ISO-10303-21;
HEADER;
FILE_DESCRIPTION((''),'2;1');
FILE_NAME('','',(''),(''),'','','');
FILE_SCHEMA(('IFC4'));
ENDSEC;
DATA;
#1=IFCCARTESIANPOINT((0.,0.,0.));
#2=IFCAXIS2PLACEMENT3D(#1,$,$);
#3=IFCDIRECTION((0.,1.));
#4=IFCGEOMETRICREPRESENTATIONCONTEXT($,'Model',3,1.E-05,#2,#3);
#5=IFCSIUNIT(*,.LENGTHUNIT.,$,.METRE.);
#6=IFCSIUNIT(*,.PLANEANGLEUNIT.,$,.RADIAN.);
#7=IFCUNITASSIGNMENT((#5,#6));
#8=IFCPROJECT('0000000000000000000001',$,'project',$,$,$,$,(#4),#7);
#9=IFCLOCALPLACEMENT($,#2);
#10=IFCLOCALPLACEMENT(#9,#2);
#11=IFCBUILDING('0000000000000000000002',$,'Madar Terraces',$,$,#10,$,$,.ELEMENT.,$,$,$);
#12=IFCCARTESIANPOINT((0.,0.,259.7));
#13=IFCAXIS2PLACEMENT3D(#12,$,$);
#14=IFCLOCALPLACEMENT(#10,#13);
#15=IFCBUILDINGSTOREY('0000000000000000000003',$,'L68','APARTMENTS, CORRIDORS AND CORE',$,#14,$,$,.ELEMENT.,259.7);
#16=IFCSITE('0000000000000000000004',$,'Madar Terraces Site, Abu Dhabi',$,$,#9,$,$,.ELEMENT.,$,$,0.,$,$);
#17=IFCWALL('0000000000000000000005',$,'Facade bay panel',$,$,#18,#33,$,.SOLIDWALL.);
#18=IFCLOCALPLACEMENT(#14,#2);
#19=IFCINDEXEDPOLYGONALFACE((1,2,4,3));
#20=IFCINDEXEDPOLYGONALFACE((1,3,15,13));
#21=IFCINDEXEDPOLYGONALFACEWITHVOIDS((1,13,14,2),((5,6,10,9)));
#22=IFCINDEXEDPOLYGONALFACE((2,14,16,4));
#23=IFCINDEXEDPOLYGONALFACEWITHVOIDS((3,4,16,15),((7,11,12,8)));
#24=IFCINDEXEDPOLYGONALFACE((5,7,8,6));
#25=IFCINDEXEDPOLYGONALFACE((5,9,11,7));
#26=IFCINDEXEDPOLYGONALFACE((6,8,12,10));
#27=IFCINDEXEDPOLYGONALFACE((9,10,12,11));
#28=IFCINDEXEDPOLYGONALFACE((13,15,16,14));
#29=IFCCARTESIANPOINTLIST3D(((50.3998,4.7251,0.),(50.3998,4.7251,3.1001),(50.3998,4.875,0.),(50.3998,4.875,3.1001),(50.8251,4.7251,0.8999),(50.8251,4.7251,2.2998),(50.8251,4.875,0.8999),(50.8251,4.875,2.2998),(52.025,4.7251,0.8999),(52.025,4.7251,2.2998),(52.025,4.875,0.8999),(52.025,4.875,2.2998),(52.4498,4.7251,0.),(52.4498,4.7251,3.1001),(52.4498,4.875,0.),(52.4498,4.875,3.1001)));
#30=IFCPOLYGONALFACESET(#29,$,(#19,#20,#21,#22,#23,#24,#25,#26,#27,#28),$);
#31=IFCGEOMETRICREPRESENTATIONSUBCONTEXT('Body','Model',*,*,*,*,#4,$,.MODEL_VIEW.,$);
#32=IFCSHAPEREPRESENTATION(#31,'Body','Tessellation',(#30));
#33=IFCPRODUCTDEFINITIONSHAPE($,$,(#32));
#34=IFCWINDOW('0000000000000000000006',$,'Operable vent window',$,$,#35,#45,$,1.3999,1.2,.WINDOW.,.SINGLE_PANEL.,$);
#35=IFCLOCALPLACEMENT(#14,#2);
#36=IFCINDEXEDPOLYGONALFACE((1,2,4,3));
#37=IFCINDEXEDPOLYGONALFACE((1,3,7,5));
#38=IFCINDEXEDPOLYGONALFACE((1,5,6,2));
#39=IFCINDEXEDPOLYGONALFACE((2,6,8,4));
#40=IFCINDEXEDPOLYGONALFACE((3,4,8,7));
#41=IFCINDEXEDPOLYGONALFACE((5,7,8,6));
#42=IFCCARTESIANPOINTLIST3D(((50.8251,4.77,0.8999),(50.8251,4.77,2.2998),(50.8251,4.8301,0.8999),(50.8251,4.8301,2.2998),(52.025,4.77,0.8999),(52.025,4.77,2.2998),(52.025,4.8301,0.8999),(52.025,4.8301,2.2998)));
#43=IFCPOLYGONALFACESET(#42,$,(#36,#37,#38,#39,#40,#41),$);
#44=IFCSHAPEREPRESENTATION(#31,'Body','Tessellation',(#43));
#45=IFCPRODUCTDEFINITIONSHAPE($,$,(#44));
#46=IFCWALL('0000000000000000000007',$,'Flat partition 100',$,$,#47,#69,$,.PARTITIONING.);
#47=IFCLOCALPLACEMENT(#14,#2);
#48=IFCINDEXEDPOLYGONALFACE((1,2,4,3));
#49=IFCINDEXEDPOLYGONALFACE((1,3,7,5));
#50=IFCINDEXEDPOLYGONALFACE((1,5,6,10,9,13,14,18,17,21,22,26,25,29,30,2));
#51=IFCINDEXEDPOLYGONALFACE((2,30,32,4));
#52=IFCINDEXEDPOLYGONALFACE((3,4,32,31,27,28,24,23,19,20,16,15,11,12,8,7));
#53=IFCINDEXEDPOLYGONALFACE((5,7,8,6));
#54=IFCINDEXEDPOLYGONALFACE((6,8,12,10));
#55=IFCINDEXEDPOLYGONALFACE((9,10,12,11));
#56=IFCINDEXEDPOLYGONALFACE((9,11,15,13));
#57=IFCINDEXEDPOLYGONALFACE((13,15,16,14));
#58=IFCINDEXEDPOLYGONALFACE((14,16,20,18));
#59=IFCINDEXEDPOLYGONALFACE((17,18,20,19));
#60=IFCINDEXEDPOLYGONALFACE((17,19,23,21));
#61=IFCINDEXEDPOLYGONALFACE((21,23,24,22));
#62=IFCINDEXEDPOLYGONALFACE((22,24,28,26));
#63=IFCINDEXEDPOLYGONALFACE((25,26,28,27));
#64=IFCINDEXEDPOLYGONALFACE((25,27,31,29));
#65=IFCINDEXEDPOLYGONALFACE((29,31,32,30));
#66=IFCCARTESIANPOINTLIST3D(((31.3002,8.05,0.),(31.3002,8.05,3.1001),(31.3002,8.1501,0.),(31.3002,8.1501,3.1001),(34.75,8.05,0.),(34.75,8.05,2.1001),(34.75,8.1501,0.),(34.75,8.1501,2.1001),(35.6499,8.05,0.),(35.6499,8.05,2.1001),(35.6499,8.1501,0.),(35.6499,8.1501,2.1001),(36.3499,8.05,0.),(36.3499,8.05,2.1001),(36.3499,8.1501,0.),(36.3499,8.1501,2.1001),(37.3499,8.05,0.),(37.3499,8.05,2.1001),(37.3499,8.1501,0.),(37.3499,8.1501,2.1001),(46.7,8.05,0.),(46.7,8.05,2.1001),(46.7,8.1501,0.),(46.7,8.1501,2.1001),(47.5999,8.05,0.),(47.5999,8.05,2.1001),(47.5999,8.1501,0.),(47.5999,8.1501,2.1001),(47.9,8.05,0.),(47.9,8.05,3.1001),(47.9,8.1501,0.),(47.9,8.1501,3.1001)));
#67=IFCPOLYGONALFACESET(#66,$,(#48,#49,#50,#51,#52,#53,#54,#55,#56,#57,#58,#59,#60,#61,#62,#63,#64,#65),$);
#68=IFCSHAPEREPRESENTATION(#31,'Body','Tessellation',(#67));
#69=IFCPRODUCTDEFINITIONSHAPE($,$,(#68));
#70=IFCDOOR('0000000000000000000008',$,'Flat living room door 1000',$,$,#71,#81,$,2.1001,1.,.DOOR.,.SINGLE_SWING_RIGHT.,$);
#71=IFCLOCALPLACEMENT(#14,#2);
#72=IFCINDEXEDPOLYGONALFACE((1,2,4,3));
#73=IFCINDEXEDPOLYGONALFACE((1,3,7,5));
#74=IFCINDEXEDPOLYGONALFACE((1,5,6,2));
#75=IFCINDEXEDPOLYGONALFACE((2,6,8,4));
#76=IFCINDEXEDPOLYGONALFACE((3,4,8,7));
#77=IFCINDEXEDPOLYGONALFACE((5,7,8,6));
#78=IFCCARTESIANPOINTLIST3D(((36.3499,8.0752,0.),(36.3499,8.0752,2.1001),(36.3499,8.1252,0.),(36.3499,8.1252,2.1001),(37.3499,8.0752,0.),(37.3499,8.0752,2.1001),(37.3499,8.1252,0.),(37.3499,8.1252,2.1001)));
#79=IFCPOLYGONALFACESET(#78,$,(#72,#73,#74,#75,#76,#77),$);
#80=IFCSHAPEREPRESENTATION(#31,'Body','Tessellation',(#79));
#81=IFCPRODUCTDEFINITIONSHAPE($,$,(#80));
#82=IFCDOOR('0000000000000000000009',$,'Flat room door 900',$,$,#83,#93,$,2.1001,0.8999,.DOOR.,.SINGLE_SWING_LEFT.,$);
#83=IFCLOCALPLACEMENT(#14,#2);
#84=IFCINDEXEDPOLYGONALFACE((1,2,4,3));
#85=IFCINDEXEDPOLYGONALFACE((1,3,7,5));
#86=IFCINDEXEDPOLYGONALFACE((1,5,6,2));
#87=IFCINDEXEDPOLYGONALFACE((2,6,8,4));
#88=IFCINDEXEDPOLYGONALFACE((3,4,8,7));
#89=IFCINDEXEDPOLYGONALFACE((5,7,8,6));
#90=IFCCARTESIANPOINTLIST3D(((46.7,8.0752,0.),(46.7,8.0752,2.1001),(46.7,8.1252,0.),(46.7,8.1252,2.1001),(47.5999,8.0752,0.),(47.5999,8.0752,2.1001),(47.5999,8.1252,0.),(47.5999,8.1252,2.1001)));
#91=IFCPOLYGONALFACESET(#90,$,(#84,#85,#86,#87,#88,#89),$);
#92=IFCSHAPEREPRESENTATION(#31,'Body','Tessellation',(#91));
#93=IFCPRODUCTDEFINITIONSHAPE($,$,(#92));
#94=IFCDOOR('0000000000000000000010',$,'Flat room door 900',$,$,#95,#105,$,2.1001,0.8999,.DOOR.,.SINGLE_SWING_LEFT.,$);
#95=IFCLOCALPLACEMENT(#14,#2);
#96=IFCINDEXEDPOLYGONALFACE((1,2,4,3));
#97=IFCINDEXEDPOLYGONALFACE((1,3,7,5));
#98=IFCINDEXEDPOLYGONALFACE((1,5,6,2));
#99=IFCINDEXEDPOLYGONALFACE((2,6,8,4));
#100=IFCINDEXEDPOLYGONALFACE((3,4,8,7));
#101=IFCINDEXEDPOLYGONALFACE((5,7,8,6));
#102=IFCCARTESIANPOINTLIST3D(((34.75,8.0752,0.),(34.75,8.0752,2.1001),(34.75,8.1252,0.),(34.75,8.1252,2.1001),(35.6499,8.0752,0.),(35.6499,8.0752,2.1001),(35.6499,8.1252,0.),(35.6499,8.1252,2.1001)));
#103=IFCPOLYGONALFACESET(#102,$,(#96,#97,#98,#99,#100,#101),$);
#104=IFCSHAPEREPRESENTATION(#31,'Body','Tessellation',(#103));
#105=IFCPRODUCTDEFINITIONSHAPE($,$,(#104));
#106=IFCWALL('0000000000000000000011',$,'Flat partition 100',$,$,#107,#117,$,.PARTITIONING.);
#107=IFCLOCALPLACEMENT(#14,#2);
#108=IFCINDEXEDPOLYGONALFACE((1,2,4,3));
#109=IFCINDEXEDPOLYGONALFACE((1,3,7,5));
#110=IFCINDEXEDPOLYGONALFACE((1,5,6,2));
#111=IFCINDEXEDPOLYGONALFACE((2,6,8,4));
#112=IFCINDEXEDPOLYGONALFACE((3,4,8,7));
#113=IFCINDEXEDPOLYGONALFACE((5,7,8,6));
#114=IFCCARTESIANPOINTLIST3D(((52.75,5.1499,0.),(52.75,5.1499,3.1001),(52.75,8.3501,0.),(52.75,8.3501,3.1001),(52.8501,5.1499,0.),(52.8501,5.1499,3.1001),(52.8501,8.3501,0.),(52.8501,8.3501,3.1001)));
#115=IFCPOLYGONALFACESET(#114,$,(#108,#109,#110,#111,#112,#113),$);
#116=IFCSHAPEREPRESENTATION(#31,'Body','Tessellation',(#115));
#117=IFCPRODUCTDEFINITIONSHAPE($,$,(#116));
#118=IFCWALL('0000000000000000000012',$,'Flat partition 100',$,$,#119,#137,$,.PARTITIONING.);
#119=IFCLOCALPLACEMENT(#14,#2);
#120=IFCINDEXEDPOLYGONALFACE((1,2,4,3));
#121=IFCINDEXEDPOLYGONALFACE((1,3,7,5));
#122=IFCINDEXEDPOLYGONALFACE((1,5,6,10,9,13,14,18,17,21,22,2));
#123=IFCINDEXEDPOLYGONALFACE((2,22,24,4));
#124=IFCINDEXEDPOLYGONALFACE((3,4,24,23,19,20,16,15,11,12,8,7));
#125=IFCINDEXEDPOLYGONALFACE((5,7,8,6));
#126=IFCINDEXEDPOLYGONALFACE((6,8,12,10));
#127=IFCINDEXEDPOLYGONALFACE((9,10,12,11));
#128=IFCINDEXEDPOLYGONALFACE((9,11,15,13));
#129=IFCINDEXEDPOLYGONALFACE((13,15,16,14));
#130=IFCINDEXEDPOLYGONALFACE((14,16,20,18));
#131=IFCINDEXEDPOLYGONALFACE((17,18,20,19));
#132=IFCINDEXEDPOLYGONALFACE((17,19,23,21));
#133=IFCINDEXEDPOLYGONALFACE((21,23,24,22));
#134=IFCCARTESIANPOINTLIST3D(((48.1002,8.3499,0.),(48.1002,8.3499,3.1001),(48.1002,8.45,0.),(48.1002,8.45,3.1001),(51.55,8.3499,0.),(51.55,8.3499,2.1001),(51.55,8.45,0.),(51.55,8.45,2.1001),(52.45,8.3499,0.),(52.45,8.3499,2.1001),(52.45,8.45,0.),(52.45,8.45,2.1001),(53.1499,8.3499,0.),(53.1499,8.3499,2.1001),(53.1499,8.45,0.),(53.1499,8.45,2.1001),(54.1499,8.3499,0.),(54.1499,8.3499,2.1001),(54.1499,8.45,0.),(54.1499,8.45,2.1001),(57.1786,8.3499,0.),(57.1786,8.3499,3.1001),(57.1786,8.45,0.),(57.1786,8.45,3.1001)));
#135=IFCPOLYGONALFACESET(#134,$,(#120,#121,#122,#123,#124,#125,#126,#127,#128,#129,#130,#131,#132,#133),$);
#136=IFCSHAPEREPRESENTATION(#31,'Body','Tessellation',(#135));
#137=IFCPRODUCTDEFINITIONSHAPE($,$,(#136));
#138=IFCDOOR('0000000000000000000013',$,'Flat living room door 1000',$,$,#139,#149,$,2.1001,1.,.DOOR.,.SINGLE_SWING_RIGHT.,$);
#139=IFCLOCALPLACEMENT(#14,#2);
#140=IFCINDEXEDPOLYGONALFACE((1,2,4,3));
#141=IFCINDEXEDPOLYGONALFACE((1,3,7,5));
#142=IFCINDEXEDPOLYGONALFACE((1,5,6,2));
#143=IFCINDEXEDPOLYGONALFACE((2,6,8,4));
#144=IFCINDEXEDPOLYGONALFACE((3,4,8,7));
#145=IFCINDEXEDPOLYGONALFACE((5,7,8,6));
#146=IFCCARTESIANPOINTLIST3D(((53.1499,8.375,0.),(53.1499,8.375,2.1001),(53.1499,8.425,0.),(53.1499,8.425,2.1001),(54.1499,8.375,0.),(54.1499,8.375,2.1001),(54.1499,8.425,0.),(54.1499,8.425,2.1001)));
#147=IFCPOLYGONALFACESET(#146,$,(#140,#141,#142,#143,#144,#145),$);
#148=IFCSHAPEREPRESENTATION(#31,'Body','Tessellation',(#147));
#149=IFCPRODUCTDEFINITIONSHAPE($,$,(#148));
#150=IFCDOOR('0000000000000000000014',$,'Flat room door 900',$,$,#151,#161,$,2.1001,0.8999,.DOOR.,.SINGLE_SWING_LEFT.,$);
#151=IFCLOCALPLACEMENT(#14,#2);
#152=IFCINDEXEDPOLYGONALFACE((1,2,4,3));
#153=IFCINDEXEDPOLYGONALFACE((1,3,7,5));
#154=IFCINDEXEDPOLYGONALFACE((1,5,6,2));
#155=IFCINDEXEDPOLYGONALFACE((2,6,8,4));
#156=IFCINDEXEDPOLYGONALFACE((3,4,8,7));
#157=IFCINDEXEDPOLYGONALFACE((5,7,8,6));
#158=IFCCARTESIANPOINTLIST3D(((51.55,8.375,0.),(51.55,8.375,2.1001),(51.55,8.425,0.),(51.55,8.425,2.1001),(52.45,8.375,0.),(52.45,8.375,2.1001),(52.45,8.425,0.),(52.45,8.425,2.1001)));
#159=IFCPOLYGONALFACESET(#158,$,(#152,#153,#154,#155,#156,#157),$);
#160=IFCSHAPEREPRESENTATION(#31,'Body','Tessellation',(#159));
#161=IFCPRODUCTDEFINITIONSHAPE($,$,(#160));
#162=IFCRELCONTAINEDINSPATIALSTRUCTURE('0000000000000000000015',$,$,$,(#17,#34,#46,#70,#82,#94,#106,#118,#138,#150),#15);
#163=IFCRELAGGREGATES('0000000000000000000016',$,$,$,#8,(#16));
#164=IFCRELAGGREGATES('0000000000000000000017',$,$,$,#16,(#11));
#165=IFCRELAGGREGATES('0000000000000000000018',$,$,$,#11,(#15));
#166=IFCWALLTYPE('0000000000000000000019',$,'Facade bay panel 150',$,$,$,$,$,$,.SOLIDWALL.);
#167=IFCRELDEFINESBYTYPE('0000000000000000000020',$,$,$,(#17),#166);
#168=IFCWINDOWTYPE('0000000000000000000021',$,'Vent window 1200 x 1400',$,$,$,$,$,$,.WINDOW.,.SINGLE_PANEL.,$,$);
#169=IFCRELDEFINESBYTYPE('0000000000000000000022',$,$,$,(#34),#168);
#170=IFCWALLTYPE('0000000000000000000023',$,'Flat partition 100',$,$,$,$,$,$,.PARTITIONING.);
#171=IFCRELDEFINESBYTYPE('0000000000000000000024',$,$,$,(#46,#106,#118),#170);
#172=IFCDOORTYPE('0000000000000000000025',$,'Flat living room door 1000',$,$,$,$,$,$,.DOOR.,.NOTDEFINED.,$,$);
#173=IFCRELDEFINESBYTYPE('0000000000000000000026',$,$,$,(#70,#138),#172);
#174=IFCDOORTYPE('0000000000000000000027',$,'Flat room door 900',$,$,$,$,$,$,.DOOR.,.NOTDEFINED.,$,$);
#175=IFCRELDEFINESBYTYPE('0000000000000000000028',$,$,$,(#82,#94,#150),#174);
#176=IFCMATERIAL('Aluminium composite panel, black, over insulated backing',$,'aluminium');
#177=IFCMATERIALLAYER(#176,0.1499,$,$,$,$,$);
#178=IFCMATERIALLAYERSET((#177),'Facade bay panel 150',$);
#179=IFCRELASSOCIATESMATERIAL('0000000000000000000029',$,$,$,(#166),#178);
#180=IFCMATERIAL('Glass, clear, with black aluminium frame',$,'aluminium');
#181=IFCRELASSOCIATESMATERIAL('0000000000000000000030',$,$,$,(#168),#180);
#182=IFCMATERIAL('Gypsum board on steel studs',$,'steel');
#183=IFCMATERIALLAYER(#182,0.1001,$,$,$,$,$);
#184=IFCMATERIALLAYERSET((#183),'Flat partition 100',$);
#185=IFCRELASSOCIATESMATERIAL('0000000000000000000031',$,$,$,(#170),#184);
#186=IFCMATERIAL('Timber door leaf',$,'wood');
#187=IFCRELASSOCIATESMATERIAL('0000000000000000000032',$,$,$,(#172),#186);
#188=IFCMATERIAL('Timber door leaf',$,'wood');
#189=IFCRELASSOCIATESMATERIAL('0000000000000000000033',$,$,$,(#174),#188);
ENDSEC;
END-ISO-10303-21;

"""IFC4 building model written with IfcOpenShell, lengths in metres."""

from ifc_helpers import new_model, si_unit, direction, frame, frame_2d, origin, place, context, subcontext, project, spatial, rectangle, extrude, material, layer, layer_set, type_object, element, fill, save


model = new_model("IFC4")

# Units and contexts
model_context = context("Model", 3, precision=1e-05, world=origin(), true_north=direction((0.0, 1.0)))
body_context = subcontext(model_context, "Body", "Model", "MODEL_VIEW")
ifc_project = project(units=[si_unit("LENGTHUNIT", "METRE"), si_unit("PLANEANGLEUNIT", "RADIAN")], contexts=[model_context])

# Site, building, storey
site_placement = place(None, origin())
site = spatial("IfcSite", under=ifc_project, at=site_placement, Name="Madar Terraces Site, Abu Dhabi", CompositionType="ELEMENT", RefElevation=0.0)
building_placement = place(site_placement, origin())
building = spatial("IfcBuilding", under=site, at=building_placement, Name="Madar Terraces", CompositionType="ELEMENT")
storey_placement = place(building_placement, frame((0.0, 0.0, 259.7)))
storey = spatial("IfcBuildingStorey", under=building, at=storey_placement, Name="L68", Description="APARTMENTS, CORRIDORS AND CORE", CompositionType="ELEMENT", Elevation=259.7)

# Wall, opening, window
ifc_material_1 = material(Name="Aluminium composite panel, black, over insulated backing", Category="aluminium")
ifc_layer_1 = layer(ifc_material_1, 0.1499)
ifc_layer_set_1 = layer_set([ifc_layer_1], Name="Facade bay panel 150")
wall_type_1 = type_object("IfcWallType", Name="Facade bay panel 150", PredefinedType="SOLIDWALL", material=ifc_layer_set_1)
wall_1_placement = place(storey_placement, frame((50.3999, 4.8, 0.0), z_axis=(0.0, 0.0, 1.0), x_axis=(1.0, 0.0, 0.0)))
wall_1 = element("IfcWall", 1, at=wall_1_placement, inside=storey, type_object=wall_type_1, Name="Facade bay panel", PredefinedType="SOLIDWALL", context=body_context, shape_type="SweptSolid", body=[
    extrude(rectangle(XDim=2.05, YDim=0.1499, at=frame_2d((1.0249, 0.0))), origin(), (0.0, 0.0, 1.0), 3.1001),
])
opening_1_placement = place(wall_1_placement, frame((0.425, 0.0, 0.8999)))
opening_1 = element("IfcOpeningElement", 2, at=opening_1_placement, cuts=wall_1, PredefinedType="OPENING", context=body_context, shape_type="SweptSolid", body=[
    extrude(rectangle(XDim=1.2, YDim=1.3999, at=frame_2d((0.6001, 0.7))), frame((0.0, 0.085, 0.0), z_axis=(0.0, -1.0, 0.0), x_axis=(1.0, 0.0, 0.0)), (0.0, 0.0, 1.0), 0.1699),
])
ifc_material_2 = material(Name="Glass, clear, with black aluminium frame", Category="aluminium")
window_type = type_object("IfcWindowType", Name="Vent window 1200 x 1400", PartitioningType="SINGLE_PANEL", PredefinedType="WINDOW", material=ifc_material_2)
window_placement = place(opening_1_placement, origin())
window = element("IfcWindow", 3, at=window_placement, inside=storey, type_object=window_type, Name="Operable vent window", OverallHeight=1.3999, OverallWidth=1.2, PartitioningType="SINGLE_PANEL", PredefinedType="WINDOW", context=body_context, shape_type="SweptSolid", body=[
    extrude(rectangle(XDim=1.2, YDim=1.3999, at=frame_2d((0.6001, 0.7))), frame((0.0, 0.03, 0.0), z_axis=(0.0, -1.0, 0.0), x_axis=(1.0, 0.0, 0.0)), (0.0, 0.0, 1.0), 0.0601),
])
fill(opening_1, window)

# Wall, openings, doors
ifc_material_3 = material(Name="Gypsum board on steel studs", Category="steel")
ifc_layer_2 = layer(ifc_material_3, 0.1001)
ifc_layer_set_2 = layer_set([ifc_layer_2], Name="Flat partition 100")
wall_type_2 = type_object("IfcWallType", Name="Flat partition 100", PredefinedType="PARTITIONING", material=ifc_layer_set_2)
wall_2_placement = place(storey_placement, frame((47.8999, 8.1001, 0.0), z_axis=(0.0, 0.0, 1.0), x_axis=(-1.0, 0.0, 0.0)))
wall_2 = element("IfcWall", 4, at=wall_2_placement, inside=storey, type_object=wall_type_2, Name="Flat partition 100", PredefinedType="PARTITIONING", context=body_context, shape_type="SweptSolid", body=[
    extrude(rectangle(XDim=16.5999, YDim=0.1001, at=frame_2d((8.2998, 0.0))), origin(), (0.0, 0.0, 1.0), 3.1001),
])
opening_2_placement = place(wall_2_placement, frame((0.3, 0.0, 0.0)))
opening_2 = element("IfcOpeningElement", 5, at=opening_2_placement, cuts=wall_2, PredefinedType="OPENING", context=body_context, shape_type="SweptSolid", body=[
    extrude(rectangle(XDim=0.8999, YDim=2.1001, at=frame_2d((0.45, 1.05))), frame((0.0, 0.0601, 0.0), z_axis=(0.0, -1.0, 0.0), x_axis=(1.0, 0.0, 0.0)), (0.0, 0.0, 1.0), 0.1201),
])
opening_3_placement = place(wall_2_placement, frame((10.55, 0.0, 0.0)))
opening_3 = element("IfcOpeningElement", 6, at=opening_3_placement, cuts=wall_2, PredefinedType="OPENING", context=body_context, shape_type="SweptSolid", body=[
    extrude(rectangle(XDim=1.0, YDim=2.1001, at=frame_2d((0.5, 1.05))), frame((0.0, 0.0601, 0.0), z_axis=(0.0, -1.0, 0.0), x_axis=(1.0, 0.0, 0.0)), (0.0, 0.0, 1.0), 0.1201),
])
opening_4_placement = place(wall_2_placement, frame((12.25, 0.0, 0.0)))
opening_4 = element("IfcOpeningElement", 7, at=opening_4_placement, cuts=wall_2, PredefinedType="OPENING", context=body_context, shape_type="SweptSolid", body=[
    extrude(rectangle(XDim=0.8999, YDim=2.1001, at=frame_2d((0.45, 1.05))), frame((0.0, 0.0601, 0.0), z_axis=(0.0, -1.0, 0.0), x_axis=(1.0, 0.0, 0.0)), (0.0, 0.0, 1.0), 0.1201),
])
ifc_material_4 = material(Name="Timber door leaf", Category="wood")
door_type_1 = type_object("IfcDoorType", Name="Flat living room door 1000", OperationType="NOTDEFINED", PredefinedType="DOOR", material=ifc_material_4)
door_1_placement = place(opening_3_placement, origin())
door_1 = element("IfcDoor", 8, at=door_1_placement, inside=storey, type_object=door_type_1, Name="Flat living room door 1000", OperationType="SINGLE_SWING_RIGHT", OverallHeight=2.1001, OverallWidth=1.0, PredefinedType="DOOR", context=body_context, shape_type="SweptSolid", body=[
    extrude(rectangle(XDim=1.0, YDim=2.1001, at=frame_2d((0.5, 1.05))), frame((0.0, 0.0249, 0.0), z_axis=(0.0, -1.0, 0.0), x_axis=(1.0, 0.0, 0.0)), (0.0, 0.0, 1.0), 0.05),
])
fill(opening_3, door_1)
ifc_material_5 = material(Name="Timber door leaf", Category="wood")
door_type_2 = type_object("IfcDoorType", Name="Flat room door 900", OperationType="NOTDEFINED", PredefinedType="DOOR", material=ifc_material_5)
door_2_placement = place(opening_2_placement, origin())
door_2 = element("IfcDoor", 9, at=door_2_placement, inside=storey, type_object=door_type_2, Name="Flat room door 900", OperationType="SINGLE_SWING_LEFT", OverallHeight=2.1001, OverallWidth=0.8999, PredefinedType="DOOR", context=body_context, shape_type="SweptSolid", body=[
    extrude(rectangle(XDim=0.8999, YDim=2.1001, at=frame_2d((0.45, 1.05))), frame((0.0, 0.0249, 0.0), z_axis=(0.0, -1.0, 0.0), x_axis=(1.0, 0.0, 0.0)), (0.0, 0.0, 1.0), 0.05),
])
fill(opening_2, door_2)
door_3_placement = place(opening_4_placement, origin())
door_3 = element("IfcDoor", 10, at=door_3_placement, inside=storey, type_object=door_type_2, Name="Flat room door 900", OperationType="SINGLE_SWING_LEFT", OverallHeight=2.1001, OverallWidth=0.8999, PredefinedType="DOOR", context=body_context, shape_type="SweptSolid", body=[
    extrude(rectangle(XDim=0.8999, YDim=2.1001, at=frame_2d((0.45, 1.05))), frame((0.0, 0.0249, 0.0), z_axis=(0.0, -1.0, 0.0), x_axis=(1.0, 0.0, 0.0)), (0.0, 0.0, 1.0), 0.05),
])
fill(opening_4, door_3)

# Wall
wall_3_placement = place(storey_placement, frame((52.8, 8.3501, 0.0), z_axis=(0.0, 0.0, 1.0), x_axis=(0.0, -1.0, 0.0)))
element("IfcWall", 11, at=wall_3_placement, inside=storey, type_object=wall_type_2, Name="Flat partition 100", PredefinedType="PARTITIONING", context=body_context, shape_type="SweptSolid", body=[
    extrude(rectangle(XDim=3.2002, YDim=0.1001, at=frame_2d((1.6001, 0.0))), origin(), (0.0, 0.0, 1.0), 3.1001),
])

# Wall, openings, doors
wall_4_placement = place(storey_placement, frame((57.1785, 8.3999, 0.0), z_axis=(0.0, 0.0, 1.0), x_axis=(-1.0, 0.0, 0.0)))
wall_4 = element("IfcWall", 12, at=wall_4_placement, inside=storey, type_object=wall_type_2, Name="Flat partition 100", PredefinedType="PARTITIONING", context=body_context, shape_type="SweptSolid", body=[
    extrude(rectangle(XDim=9.0784, YDim=0.1001, at=frame_2d((4.5391, 0.0))), origin(), (0.0, 0.0, 1.0), 3.1001),
])
opening_5_placement = place(wall_4_placement, frame((4.7285, 0.0, 0.0)))
opening_5 = element("IfcOpeningElement", 13, at=opening_5_placement, cuts=wall_4, PredefinedType="OPENING", context=body_context, shape_type="SweptSolid", body=[
    extrude(rectangle(XDim=0.8999, YDim=2.1001, at=frame_2d((0.45, 1.05))), frame((0.0, 0.0601, 0.0), z_axis=(0.0, -1.0, 0.0), x_axis=(1.0, 0.0, 0.0)), (0.0, 0.0, 1.0), 0.1201),
])
opening_6_placement = place(wall_4_placement, frame((3.0286, 0.0, 0.0)))
opening_6 = element("IfcOpeningElement", 14, at=opening_6_placement, cuts=wall_4, PredefinedType="OPENING", context=body_context, shape_type="SweptSolid", body=[
    extrude(rectangle(XDim=1.0, YDim=2.1001, at=frame_2d((0.5, 1.05))), frame((0.0, 0.0601, 0.0), z_axis=(0.0, -1.0, 0.0), x_axis=(1.0, 0.0, 0.0)), (0.0, 0.0, 1.0), 0.1201),
])
door_4_placement = place(opening_6_placement, origin())
door_4 = element("IfcDoor", 15, at=door_4_placement, inside=storey, type_object=door_type_1, Name="Flat living room door 1000", OperationType="SINGLE_SWING_RIGHT", OverallHeight=2.1001, OverallWidth=1.0, PredefinedType="DOOR", context=body_context, shape_type="SweptSolid", body=[
    extrude(rectangle(XDim=1.0, YDim=2.1001, at=frame_2d((0.5, 1.05))), frame((0.0, 0.0249, 0.0), z_axis=(0.0, -1.0, 0.0), x_axis=(1.0, 0.0, 0.0)), (0.0, 0.0, 1.0), 0.05),
])
fill(opening_6, door_4)
door_5_placement = place(opening_5_placement, origin())
door_5 = element("IfcDoor", 16, at=door_5_placement, inside=storey, type_object=door_type_2, Name="Flat room door 900", OperationType="SINGLE_SWING_LEFT", OverallHeight=2.1001, OverallWidth=0.8999, PredefinedType="DOOR", context=body_context, shape_type="SweptSolid", body=[
    extrude(rectangle(XDim=0.8999, YDim=2.1001, at=frame_2d((0.45, 1.05))), frame((0.0, 0.0249, 0.0), z_axis=(0.0, -1.0, 0.0), x_axis=(1.0, 0.0, 0.0)), (0.0, 0.0, 1.0), 0.05),
])
fill(opening_5, door_5)

save(model, "model.ifc")
